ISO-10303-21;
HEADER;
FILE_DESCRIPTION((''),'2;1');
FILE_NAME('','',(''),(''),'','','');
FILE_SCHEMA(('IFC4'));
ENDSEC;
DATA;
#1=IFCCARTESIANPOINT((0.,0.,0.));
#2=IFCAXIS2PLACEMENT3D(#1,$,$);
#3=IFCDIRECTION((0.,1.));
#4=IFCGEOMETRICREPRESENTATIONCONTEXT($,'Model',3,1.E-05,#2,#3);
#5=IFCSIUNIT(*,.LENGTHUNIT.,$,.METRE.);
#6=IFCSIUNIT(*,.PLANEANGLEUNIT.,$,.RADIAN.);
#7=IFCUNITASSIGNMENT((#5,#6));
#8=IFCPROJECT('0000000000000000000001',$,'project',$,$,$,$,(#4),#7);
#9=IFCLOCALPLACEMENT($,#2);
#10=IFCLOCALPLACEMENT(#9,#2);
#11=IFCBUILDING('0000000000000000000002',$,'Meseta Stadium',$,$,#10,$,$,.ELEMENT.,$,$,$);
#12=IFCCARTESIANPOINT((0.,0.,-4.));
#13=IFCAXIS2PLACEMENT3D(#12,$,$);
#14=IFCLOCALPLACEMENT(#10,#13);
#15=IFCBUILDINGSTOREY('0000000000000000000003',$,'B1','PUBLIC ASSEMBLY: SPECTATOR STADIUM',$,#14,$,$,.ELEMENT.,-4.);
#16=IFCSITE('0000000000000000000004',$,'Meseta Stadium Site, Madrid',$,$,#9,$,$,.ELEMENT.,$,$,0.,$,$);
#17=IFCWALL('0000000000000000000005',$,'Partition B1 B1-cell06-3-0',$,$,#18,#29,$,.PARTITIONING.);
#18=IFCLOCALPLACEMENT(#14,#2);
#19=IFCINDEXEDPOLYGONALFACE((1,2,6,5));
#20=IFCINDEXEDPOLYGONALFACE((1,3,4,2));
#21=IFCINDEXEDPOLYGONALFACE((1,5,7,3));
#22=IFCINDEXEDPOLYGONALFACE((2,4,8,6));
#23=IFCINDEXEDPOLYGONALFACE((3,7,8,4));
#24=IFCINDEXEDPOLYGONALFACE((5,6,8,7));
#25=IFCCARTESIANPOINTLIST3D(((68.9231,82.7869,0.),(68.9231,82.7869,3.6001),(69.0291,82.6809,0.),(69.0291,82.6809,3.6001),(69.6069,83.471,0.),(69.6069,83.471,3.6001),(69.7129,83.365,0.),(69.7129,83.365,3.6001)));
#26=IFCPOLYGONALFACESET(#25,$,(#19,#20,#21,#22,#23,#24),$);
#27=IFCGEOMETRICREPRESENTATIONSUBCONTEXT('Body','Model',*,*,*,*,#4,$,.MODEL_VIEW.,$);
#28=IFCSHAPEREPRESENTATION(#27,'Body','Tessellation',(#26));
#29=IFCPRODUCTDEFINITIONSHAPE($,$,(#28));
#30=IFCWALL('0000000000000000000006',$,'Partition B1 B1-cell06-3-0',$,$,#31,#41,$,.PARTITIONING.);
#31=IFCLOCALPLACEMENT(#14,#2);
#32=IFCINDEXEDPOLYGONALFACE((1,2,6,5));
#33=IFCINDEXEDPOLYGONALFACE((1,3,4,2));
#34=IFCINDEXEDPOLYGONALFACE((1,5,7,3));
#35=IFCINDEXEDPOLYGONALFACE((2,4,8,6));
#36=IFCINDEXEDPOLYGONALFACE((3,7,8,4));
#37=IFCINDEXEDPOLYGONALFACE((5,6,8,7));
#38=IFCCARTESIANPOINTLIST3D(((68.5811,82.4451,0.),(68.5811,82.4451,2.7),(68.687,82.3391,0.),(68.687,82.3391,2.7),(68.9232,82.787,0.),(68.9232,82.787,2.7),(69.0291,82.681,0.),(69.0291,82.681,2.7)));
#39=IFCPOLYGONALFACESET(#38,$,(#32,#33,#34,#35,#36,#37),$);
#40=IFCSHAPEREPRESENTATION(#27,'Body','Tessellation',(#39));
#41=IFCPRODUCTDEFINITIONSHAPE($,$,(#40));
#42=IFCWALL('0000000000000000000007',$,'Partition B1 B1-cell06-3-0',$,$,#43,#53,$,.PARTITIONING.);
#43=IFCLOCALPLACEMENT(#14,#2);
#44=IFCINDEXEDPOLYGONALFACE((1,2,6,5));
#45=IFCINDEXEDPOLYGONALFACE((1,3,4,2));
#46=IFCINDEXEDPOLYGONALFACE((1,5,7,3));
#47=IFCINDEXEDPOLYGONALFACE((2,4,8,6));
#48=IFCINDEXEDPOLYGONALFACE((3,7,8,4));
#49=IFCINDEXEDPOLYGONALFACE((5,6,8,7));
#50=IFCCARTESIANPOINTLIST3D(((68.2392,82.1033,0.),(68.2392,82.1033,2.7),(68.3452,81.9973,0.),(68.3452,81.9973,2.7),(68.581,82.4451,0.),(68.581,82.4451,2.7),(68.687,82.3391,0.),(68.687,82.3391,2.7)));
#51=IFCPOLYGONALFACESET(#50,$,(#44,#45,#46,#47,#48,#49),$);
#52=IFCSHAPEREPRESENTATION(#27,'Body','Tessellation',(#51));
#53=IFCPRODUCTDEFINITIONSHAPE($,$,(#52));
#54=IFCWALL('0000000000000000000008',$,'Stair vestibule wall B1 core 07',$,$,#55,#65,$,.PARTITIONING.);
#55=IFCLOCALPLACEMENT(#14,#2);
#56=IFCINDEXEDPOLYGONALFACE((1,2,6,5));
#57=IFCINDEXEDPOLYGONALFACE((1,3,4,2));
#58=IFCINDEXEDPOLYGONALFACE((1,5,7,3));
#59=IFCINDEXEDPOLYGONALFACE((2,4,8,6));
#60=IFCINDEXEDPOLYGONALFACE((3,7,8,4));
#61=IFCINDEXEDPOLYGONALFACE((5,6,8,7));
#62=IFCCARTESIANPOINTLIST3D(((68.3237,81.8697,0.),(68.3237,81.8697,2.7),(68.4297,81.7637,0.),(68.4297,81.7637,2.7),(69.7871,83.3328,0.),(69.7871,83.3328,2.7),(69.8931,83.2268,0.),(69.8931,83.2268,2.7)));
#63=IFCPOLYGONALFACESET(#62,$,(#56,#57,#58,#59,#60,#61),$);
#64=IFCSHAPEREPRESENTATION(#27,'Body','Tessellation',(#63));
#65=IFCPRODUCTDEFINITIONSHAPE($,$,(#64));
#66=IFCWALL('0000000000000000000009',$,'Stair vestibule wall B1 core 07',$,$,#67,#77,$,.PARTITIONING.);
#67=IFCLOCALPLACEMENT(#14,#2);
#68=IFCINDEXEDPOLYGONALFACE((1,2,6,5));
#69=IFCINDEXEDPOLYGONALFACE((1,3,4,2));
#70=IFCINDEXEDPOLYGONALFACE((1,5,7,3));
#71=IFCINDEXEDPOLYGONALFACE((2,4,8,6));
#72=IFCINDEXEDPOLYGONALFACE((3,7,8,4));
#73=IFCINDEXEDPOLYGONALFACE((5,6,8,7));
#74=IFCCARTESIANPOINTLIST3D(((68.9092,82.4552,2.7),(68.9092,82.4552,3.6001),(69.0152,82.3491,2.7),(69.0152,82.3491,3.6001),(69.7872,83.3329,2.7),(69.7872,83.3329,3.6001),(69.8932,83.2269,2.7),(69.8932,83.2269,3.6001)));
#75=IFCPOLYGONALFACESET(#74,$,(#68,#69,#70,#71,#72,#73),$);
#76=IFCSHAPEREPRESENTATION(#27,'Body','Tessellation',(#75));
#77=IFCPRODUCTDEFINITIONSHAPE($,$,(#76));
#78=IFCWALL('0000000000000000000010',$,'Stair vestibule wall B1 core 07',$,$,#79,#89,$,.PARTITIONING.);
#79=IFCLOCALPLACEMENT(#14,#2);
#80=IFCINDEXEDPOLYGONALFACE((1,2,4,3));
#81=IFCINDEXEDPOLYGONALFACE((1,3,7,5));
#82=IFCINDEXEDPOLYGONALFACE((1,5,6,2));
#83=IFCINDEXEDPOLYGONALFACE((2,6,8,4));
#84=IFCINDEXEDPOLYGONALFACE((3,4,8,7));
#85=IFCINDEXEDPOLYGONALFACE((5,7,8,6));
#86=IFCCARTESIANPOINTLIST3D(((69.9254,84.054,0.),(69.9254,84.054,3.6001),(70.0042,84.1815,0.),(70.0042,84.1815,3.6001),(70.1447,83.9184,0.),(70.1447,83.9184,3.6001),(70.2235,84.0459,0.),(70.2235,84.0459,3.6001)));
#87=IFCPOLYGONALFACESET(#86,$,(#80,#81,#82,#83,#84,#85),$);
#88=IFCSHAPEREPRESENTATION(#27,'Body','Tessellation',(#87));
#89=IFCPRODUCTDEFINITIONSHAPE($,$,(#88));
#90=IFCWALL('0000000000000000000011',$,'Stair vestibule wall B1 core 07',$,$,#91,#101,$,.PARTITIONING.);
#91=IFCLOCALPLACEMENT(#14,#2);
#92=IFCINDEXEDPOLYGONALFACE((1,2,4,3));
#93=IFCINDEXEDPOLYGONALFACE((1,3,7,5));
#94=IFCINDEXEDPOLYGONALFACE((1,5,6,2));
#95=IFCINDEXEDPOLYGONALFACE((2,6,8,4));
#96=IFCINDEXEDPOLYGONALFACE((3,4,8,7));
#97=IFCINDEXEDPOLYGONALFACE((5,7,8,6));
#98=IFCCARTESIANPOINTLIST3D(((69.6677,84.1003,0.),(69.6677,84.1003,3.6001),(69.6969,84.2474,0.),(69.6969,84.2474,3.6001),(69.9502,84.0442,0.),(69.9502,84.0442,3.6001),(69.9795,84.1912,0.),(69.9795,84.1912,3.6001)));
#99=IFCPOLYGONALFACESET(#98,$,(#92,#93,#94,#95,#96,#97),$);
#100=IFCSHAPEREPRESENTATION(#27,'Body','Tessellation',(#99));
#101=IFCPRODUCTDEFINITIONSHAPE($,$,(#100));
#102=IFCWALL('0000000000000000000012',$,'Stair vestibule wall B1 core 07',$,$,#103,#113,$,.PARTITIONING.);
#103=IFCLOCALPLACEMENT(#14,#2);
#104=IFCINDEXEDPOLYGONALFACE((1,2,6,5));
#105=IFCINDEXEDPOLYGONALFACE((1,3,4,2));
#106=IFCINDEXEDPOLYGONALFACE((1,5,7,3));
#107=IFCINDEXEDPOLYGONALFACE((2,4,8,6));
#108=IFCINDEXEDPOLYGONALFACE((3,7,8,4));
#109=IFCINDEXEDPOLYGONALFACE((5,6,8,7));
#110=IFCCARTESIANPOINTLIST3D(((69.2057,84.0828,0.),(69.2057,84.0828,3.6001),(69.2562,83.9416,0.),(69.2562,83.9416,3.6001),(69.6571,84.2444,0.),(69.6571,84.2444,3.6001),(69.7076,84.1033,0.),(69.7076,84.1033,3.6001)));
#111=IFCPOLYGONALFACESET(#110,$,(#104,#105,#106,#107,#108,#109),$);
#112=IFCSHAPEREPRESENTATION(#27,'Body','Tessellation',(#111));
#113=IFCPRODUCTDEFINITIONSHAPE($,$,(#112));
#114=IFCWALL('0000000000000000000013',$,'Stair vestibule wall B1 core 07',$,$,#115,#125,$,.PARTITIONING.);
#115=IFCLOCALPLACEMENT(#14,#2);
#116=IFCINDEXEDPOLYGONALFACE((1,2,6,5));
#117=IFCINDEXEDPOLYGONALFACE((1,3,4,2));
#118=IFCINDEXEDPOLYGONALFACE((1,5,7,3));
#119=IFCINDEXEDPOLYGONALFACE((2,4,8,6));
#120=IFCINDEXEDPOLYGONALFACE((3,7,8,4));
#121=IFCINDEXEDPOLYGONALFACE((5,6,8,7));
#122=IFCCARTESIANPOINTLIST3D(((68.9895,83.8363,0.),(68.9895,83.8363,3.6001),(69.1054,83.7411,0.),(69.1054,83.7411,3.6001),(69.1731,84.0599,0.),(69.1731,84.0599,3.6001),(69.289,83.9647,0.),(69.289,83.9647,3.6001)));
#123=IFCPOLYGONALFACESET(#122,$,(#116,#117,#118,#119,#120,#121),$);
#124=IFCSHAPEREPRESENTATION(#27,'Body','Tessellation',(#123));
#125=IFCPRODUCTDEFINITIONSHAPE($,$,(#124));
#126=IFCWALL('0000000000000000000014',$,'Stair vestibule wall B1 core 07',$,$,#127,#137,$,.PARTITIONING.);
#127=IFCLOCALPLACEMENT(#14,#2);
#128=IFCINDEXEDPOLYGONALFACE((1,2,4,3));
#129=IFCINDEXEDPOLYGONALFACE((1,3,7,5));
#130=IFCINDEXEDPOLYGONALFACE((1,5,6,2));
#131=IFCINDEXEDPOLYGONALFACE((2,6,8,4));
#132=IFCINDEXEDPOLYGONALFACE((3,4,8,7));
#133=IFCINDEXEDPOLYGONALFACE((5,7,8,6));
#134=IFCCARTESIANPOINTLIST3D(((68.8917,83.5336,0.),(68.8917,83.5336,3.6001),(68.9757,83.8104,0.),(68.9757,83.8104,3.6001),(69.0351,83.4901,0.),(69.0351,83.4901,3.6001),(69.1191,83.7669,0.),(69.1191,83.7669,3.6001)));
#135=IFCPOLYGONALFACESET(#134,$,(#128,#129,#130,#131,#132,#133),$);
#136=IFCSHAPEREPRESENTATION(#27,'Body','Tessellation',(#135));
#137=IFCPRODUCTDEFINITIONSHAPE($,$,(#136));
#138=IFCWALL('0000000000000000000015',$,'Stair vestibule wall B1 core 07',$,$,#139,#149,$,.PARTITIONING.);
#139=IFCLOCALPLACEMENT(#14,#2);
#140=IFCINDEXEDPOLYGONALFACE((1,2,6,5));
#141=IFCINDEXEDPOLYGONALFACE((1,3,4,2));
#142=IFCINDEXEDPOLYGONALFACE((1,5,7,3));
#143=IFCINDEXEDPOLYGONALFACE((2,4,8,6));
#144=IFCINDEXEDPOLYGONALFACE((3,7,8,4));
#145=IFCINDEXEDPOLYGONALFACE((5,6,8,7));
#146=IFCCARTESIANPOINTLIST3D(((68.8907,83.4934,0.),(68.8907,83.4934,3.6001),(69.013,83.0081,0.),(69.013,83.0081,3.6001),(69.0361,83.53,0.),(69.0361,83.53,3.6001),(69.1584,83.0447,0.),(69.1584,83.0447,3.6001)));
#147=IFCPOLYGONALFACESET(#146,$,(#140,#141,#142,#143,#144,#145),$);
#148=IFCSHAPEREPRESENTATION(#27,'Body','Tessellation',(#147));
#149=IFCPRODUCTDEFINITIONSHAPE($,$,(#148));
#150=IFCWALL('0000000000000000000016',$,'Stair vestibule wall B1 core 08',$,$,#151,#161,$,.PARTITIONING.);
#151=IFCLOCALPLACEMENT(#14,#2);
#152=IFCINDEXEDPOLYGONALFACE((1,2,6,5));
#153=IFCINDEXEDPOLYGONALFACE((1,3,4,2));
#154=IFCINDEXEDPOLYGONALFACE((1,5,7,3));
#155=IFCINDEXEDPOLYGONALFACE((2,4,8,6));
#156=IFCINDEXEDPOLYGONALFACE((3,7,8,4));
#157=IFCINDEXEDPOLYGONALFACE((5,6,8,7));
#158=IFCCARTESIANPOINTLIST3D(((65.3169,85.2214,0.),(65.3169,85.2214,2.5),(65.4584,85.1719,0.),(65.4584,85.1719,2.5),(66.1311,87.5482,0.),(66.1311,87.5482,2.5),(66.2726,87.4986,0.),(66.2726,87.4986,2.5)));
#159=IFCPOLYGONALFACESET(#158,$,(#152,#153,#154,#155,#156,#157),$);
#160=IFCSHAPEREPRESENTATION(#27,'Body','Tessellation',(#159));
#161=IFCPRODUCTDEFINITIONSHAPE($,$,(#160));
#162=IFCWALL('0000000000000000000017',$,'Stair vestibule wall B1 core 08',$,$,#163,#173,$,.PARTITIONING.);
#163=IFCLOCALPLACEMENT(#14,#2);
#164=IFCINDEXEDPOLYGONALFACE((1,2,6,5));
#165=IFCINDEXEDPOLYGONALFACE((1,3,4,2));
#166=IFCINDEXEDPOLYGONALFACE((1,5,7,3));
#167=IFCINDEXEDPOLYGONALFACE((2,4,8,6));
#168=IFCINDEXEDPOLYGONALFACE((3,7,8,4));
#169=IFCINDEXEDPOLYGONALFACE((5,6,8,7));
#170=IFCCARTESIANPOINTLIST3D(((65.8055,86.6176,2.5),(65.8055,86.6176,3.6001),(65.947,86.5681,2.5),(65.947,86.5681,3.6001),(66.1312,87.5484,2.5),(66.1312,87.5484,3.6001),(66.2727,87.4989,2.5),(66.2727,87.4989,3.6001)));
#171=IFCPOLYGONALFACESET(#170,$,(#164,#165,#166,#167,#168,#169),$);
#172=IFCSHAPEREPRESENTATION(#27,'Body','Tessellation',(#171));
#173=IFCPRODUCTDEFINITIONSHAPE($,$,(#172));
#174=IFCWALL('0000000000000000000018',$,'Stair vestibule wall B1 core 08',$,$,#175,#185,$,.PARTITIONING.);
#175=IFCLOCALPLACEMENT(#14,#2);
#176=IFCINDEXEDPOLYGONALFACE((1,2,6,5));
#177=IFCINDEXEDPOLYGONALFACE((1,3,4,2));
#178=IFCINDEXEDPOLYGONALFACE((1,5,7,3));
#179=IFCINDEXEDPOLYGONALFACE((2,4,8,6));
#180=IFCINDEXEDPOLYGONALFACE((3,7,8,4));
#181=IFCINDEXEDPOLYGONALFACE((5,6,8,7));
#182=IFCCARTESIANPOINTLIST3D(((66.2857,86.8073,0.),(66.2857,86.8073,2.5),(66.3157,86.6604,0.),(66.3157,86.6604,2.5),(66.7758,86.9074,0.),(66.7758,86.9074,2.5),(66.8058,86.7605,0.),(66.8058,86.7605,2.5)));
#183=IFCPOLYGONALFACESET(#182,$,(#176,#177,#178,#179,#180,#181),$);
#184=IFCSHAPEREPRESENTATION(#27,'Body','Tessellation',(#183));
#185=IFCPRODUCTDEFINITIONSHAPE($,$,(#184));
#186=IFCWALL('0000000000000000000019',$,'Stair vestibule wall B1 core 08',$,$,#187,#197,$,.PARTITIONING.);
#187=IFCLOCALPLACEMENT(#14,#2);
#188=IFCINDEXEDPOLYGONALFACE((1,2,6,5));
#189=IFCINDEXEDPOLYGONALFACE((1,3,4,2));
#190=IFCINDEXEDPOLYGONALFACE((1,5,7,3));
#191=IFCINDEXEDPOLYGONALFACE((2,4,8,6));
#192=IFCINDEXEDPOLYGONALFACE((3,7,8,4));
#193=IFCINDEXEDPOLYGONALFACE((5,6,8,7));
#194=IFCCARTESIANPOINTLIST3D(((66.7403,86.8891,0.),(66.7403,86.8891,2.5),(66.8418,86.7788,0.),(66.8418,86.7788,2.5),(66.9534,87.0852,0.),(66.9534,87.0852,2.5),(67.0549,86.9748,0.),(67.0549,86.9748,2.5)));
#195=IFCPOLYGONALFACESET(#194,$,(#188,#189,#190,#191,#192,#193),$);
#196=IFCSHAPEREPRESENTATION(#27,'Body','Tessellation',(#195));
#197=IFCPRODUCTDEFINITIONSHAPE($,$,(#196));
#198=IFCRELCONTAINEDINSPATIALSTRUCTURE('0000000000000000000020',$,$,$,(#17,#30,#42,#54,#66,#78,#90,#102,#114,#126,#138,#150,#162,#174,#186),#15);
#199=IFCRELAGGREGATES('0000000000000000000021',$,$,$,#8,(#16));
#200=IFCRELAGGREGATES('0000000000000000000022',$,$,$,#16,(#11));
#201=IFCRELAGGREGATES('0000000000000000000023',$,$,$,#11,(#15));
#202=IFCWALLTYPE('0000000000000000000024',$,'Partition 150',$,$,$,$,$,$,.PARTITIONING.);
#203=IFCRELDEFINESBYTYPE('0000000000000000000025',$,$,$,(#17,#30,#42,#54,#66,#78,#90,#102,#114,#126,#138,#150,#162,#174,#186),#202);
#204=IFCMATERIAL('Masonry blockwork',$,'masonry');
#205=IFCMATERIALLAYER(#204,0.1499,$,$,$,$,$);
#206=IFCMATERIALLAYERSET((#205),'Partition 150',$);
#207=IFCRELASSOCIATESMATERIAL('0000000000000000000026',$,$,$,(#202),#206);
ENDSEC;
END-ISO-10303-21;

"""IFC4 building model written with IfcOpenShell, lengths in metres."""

from ifc_helpers import new_model, si_unit, direction, frame, frame_2d, origin, place, context, subcontext, project, spatial, rectangle, extrude, material, layer, layer_set, type_object, element, save


model = new_model("IFC4")

# Units and contexts
model_context = context("Model", 3, precision=1e-05, world=origin(), true_north=direction((0.0, 1.0)))
body_context = subcontext(model_context, "Body", "Model", "MODEL_VIEW")
ifc_project = project(units=[si_unit("LENGTHUNIT", "METRE"), si_unit("PLANEANGLEUNIT", "RADIAN")], contexts=[model_context])

# Site, building, storey
site_placement = place(None, origin())
site = spatial("IfcSite", under=ifc_project, at=site_placement, Name="Meseta Stadium Site, Madrid", CompositionType="ELEMENT", RefElevation=0.0)
building_placement = place(site_placement, origin())
building = spatial("IfcBuilding", under=site, at=building_placement, Name="Meseta Stadium", CompositionType="ELEMENT")
storey_placement = place(building_placement, frame((0.0, 0.0, -4.0)))
storey = spatial("IfcBuildingStorey", under=building, at=storey_placement, Name="B1", Description="PUBLIC ASSEMBLY: SPECTATOR STADIUM", CompositionType="ELEMENT", Elevation=-4.0)

# Walls
ifc_material_1 = material(Name="Masonry blockwork", Category="masonry")
ifc_layer_1 = layer(ifc_material_1, 0.1499)
ifc_layer_set_1 = layer_set([ifc_layer_1], Name="Partition 150")
wall_type_1 = type_object("IfcWallType", Name="Partition 150", PredefinedType="PARTITIONING", material=ifc_layer_set_1)
wall_1_placement = place(storey_placement, frame((69.6599, 83.418, 0.0), z_axis=(0.0, 0.0, 1.0), x_axis=(-0.706981, -0.707233, 0.0)))
element("IfcWall", 1, at=wall_1_placement, inside=storey, type_object=wall_type_1, Name="Partition B1 B1-cell06-3-0", PredefinedType="PARTITIONING", context=body_context, shape_type="SweptSolid", body=[
    extrude(rectangle(XDim=0.9673, YDim=0.1499, at=frame_2d((0.4836, 0.0))), origin(), (0.0, 0.0, 1.0), 3.6001),
])
wall_2_placement = place(storey_placement, frame((68.9761, 82.7339, 0.0), z_axis=(0.0, 0.0, 1.0), x_axis=(-0.707359, -0.706854, 0.0)))
element("IfcWall", 2, at=wall_2_placement, inside=storey, type_object=wall_type_1, Name="Partition B1 B1-cell06-3-0", PredefinedType="PARTITIONING", context=body_context, shape_type="SweptSolid", body=[
    extrude(rectangle(XDim=0.4836, YDim=0.1499, at=frame_2d((0.2417, 0.0))), origin(), (0.0, 0.0, 1.0), 2.7),
])
wall_3_placement = place(storey_placement, frame((68.634, 82.3921, 0.0), z_axis=(0.0, 0.0, 1.0), x_axis=(-0.707107, -0.707107, 0.0)))
element("IfcWall", 3, at=wall_3_placement, inside=storey, type_object=wall_type_1, Name="Partition B1 B1-cell06-3-0", PredefinedType="PARTITIONING", context=body_context, shape_type="SweptSolid", body=[
    extrude(rectangle(XDim=0.4834, YDim=0.1499, at=frame_2d((0.2417, 0.0))), origin(), (0.0, 0.0, 1.0), 2.7),
])
wall_4_placement = place(storey_placement, frame((69.8401, 83.2798, 0.0), z_axis=(0.0, 0.0, 1.0), x_axis=(-0.707166, -0.707048, 0.0)))
element("IfcWall", 4, at=wall_4_placement, inside=storey, type_object=wall_type_1, Name="Stair vestibule wall B1 core 07", PredefinedType="PARTITIONING", context=body_context, shape_type="SweptSolid", body=[
    extrude(rectangle(XDim=2.0693, YDim=0.1499, at=frame_2d((1.0347, 0.0))), origin(), (0.0, 0.0, 1.0), 2.7),
])
wall_5_placement = place(storey_placement, frame((69.8401, 83.2798, 2.7), z_axis=(0.0, 0.0, 1.0), x_axis=(-0.707205, -0.707008, 0.0)))
element("IfcWall", 5, at=wall_5_placement, inside=storey, type_object=wall_type_1, Name="Stair vestibule wall B1 core 07", PredefinedType="PARTITIONING", context=body_context, shape_type="SweptSolid", body=[
    extrude(rectangle(XDim=1.2415, YDim=0.1499, at=frame_2d((0.6206, 0.0))), origin(), (0.0, 0.0, 1.0), 0.9001),
])
wall_6_placement = place(storey_placement, frame((70.1841, 83.9822, 0.0), z_axis=(0.0, 0.0, 1.0), x_axis=(-0.850648, 0.525735, 0.0)))
element("IfcWall", 6, at=wall_6_placement, inside=storey, type_object=wall_type_1, Name="Stair vestibule wall B1 core 07", PredefinedType="PARTITIONING", context=body_context, shape_type="SweptSolid", body=[
    extrude(rectangle(XDim=0.2578, YDim=0.1499, at=frame_2d((0.1289, 0.0))), origin(), (0.0, 0.0, 1.0), 3.6001),
])
wall_7_placement = place(storey_placement, frame((69.9648, 84.1177, 0.0), z_axis=(0.0, 0.0, 1.0), x_axis=(-0.980808, 0.194975, 0.0)))
element("IfcWall", 7, at=wall_7_placement, inside=storey, type_object=wall_type_1, Name="Stair vestibule wall B1 core 07", PredefinedType="PARTITIONING", context=body_context, shape_type="SweptSolid", body=[
    extrude(rectangle(XDim=0.2881, YDim=0.1499, at=frame_2d((0.144, 0.0))), origin(), (0.0, 0.0, 1.0), 3.6001),
])
wall_8_placement = place(storey_placement, frame((69.6824, 84.1738, 0.0), z_axis=(0.0, 0.0, 1.0), x_axis=(-0.941477, -0.337078, 0.0)))
element("IfcWall", 8, at=wall_8_placement, inside=storey, type_object=wall_type_1, Name="Stair vestibule wall B1 core 07", PredefinedType="PARTITIONING", context=body_context, shape_type="SweptSolid", body=[
    extrude(rectangle(XDim=0.4795, YDim=0.1499, at=frame_2d((0.2397, 0.0))), origin(), (0.0, 0.0, 1.0), 3.6001),
])
for number, where, z_axis, x_axis, name in (
    (9, (69.231, 84.0122, 0.0), (0.0, 0.0, 1.0), (-0.634523, -0.772904, 0.0), "Stair vestibule wall B1 core 07"),
    (10, (69.0474, 83.7886, 0.0), (0.0, 0.0, 1.0), (-0.290288, -0.956939, 0.0), "Stair vestibule wall B1 core 07"),
):
    element("IfcWall", number, at=place(storey_placement, frame(where, z_axis=z_axis, x_axis=x_axis)), inside=storey, type_object=wall_type_1, Name=name, PredefinedType="PARTITIONING", context=body_context, shape_type="SweptSolid", body=[
        extrude(rectangle(XDim=0.2893, YDim=0.1499, at=frame_2d((0.1445, 0.0))), origin(), (0.0, 0.0, 1.0), 3.6001),
    ])
wall_9_placement = place(storey_placement, frame((68.9634, 83.5117, 0.0), z_axis=(0.0, 0.0, 1.0), x_axis=(0.244371, -0.969682, 0.0)))
element("IfcWall", 11, at=wall_9_placement, inside=storey, type_object=wall_type_1, Name="Stair vestibule wall B1 core 07", PredefinedType="PARTITIONING", context=body_context, shape_type="SweptSolid", body=[
    extrude(rectangle(XDim=0.5005, YDim=0.1499, at=frame_2d((0.2502, 0.0))), origin(), (0.0, 0.0, 1.0), 3.6001),
])
wall_10_placement = place(storey_placement, frame((65.3877, 85.1968, 0.0), z_axis=(0.0, 0.0, 1.0), x_axis=(0.330306, 0.943874, 0.0)))
element("IfcWall", 12, at=wall_10_placement, inside=storey, type_object=wall_type_1, Name="Stair vestibule wall B1 core 08", PredefinedType="PARTITIONING", context=body_context, shape_type="SweptSolid", body=[
    extrude(rectangle(XDim=2.4651, YDim=0.1499, at=frame_2d((1.2324, 0.0))), origin(), (0.0, 0.0, 1.0), 2.5),
])
wall_11_placement = place(storey_placement, frame((65.8762, 86.5928, 2.5), z_axis=(0.0, 0.0, 1.0), x_axis=(0.330306, 0.943874, 0.0)))
element("IfcWall", 13, at=wall_11_placement, inside=storey, type_object=wall_type_1, Name="Stair vestibule wall B1 core 08", PredefinedType="PARTITIONING", context=body_context, shape_type="SweptSolid", body=[
    extrude(rectangle(XDim=0.9861, YDim=0.1499, at=frame_2d((0.4932, 0.0))), origin(), (0.0, 0.0, 1.0), 1.1001),
])
wall_12_placement = place(storey_placement, frame((66.3008, 86.7339, 0.0), z_axis=(0.0, 0.0, 1.0), x_axis=(0.979785, 0.200056, 0.0)))
element("IfcWall", 14, at=wall_12_placement, inside=storey, type_object=wall_type_1, Name="Stair vestibule wall B1 core 08", PredefinedType="PARTITIONING", context=body_context, shape_type="SweptSolid", body=[
    extrude(rectangle(XDim=0.5002, YDim=0.1499, at=frame_2d((0.25, 0.0))), origin(), (0.0, 0.0, 1.0), 2.5),
])
wall_13_placement = place(storey_placement, frame((66.791, 86.834, 0.0), z_axis=(0.0, 0.0, 1.0), x_axis=(0.735998, 0.676983, 0.0)))
element("IfcWall", 15, at=wall_13_placement, inside=storey, type_object=wall_type_1, Name="Stair vestibule wall B1 core 08", PredefinedType="PARTITIONING", context=body_context, shape_type="SweptSolid", body=[
    extrude(rectangle(XDim=0.2896, YDim=0.1499, at=frame_2d((0.1448, 0.0))), origin(), (0.0, 0.0, 1.0), 2.5),
])

save(model, "model.ifc")
